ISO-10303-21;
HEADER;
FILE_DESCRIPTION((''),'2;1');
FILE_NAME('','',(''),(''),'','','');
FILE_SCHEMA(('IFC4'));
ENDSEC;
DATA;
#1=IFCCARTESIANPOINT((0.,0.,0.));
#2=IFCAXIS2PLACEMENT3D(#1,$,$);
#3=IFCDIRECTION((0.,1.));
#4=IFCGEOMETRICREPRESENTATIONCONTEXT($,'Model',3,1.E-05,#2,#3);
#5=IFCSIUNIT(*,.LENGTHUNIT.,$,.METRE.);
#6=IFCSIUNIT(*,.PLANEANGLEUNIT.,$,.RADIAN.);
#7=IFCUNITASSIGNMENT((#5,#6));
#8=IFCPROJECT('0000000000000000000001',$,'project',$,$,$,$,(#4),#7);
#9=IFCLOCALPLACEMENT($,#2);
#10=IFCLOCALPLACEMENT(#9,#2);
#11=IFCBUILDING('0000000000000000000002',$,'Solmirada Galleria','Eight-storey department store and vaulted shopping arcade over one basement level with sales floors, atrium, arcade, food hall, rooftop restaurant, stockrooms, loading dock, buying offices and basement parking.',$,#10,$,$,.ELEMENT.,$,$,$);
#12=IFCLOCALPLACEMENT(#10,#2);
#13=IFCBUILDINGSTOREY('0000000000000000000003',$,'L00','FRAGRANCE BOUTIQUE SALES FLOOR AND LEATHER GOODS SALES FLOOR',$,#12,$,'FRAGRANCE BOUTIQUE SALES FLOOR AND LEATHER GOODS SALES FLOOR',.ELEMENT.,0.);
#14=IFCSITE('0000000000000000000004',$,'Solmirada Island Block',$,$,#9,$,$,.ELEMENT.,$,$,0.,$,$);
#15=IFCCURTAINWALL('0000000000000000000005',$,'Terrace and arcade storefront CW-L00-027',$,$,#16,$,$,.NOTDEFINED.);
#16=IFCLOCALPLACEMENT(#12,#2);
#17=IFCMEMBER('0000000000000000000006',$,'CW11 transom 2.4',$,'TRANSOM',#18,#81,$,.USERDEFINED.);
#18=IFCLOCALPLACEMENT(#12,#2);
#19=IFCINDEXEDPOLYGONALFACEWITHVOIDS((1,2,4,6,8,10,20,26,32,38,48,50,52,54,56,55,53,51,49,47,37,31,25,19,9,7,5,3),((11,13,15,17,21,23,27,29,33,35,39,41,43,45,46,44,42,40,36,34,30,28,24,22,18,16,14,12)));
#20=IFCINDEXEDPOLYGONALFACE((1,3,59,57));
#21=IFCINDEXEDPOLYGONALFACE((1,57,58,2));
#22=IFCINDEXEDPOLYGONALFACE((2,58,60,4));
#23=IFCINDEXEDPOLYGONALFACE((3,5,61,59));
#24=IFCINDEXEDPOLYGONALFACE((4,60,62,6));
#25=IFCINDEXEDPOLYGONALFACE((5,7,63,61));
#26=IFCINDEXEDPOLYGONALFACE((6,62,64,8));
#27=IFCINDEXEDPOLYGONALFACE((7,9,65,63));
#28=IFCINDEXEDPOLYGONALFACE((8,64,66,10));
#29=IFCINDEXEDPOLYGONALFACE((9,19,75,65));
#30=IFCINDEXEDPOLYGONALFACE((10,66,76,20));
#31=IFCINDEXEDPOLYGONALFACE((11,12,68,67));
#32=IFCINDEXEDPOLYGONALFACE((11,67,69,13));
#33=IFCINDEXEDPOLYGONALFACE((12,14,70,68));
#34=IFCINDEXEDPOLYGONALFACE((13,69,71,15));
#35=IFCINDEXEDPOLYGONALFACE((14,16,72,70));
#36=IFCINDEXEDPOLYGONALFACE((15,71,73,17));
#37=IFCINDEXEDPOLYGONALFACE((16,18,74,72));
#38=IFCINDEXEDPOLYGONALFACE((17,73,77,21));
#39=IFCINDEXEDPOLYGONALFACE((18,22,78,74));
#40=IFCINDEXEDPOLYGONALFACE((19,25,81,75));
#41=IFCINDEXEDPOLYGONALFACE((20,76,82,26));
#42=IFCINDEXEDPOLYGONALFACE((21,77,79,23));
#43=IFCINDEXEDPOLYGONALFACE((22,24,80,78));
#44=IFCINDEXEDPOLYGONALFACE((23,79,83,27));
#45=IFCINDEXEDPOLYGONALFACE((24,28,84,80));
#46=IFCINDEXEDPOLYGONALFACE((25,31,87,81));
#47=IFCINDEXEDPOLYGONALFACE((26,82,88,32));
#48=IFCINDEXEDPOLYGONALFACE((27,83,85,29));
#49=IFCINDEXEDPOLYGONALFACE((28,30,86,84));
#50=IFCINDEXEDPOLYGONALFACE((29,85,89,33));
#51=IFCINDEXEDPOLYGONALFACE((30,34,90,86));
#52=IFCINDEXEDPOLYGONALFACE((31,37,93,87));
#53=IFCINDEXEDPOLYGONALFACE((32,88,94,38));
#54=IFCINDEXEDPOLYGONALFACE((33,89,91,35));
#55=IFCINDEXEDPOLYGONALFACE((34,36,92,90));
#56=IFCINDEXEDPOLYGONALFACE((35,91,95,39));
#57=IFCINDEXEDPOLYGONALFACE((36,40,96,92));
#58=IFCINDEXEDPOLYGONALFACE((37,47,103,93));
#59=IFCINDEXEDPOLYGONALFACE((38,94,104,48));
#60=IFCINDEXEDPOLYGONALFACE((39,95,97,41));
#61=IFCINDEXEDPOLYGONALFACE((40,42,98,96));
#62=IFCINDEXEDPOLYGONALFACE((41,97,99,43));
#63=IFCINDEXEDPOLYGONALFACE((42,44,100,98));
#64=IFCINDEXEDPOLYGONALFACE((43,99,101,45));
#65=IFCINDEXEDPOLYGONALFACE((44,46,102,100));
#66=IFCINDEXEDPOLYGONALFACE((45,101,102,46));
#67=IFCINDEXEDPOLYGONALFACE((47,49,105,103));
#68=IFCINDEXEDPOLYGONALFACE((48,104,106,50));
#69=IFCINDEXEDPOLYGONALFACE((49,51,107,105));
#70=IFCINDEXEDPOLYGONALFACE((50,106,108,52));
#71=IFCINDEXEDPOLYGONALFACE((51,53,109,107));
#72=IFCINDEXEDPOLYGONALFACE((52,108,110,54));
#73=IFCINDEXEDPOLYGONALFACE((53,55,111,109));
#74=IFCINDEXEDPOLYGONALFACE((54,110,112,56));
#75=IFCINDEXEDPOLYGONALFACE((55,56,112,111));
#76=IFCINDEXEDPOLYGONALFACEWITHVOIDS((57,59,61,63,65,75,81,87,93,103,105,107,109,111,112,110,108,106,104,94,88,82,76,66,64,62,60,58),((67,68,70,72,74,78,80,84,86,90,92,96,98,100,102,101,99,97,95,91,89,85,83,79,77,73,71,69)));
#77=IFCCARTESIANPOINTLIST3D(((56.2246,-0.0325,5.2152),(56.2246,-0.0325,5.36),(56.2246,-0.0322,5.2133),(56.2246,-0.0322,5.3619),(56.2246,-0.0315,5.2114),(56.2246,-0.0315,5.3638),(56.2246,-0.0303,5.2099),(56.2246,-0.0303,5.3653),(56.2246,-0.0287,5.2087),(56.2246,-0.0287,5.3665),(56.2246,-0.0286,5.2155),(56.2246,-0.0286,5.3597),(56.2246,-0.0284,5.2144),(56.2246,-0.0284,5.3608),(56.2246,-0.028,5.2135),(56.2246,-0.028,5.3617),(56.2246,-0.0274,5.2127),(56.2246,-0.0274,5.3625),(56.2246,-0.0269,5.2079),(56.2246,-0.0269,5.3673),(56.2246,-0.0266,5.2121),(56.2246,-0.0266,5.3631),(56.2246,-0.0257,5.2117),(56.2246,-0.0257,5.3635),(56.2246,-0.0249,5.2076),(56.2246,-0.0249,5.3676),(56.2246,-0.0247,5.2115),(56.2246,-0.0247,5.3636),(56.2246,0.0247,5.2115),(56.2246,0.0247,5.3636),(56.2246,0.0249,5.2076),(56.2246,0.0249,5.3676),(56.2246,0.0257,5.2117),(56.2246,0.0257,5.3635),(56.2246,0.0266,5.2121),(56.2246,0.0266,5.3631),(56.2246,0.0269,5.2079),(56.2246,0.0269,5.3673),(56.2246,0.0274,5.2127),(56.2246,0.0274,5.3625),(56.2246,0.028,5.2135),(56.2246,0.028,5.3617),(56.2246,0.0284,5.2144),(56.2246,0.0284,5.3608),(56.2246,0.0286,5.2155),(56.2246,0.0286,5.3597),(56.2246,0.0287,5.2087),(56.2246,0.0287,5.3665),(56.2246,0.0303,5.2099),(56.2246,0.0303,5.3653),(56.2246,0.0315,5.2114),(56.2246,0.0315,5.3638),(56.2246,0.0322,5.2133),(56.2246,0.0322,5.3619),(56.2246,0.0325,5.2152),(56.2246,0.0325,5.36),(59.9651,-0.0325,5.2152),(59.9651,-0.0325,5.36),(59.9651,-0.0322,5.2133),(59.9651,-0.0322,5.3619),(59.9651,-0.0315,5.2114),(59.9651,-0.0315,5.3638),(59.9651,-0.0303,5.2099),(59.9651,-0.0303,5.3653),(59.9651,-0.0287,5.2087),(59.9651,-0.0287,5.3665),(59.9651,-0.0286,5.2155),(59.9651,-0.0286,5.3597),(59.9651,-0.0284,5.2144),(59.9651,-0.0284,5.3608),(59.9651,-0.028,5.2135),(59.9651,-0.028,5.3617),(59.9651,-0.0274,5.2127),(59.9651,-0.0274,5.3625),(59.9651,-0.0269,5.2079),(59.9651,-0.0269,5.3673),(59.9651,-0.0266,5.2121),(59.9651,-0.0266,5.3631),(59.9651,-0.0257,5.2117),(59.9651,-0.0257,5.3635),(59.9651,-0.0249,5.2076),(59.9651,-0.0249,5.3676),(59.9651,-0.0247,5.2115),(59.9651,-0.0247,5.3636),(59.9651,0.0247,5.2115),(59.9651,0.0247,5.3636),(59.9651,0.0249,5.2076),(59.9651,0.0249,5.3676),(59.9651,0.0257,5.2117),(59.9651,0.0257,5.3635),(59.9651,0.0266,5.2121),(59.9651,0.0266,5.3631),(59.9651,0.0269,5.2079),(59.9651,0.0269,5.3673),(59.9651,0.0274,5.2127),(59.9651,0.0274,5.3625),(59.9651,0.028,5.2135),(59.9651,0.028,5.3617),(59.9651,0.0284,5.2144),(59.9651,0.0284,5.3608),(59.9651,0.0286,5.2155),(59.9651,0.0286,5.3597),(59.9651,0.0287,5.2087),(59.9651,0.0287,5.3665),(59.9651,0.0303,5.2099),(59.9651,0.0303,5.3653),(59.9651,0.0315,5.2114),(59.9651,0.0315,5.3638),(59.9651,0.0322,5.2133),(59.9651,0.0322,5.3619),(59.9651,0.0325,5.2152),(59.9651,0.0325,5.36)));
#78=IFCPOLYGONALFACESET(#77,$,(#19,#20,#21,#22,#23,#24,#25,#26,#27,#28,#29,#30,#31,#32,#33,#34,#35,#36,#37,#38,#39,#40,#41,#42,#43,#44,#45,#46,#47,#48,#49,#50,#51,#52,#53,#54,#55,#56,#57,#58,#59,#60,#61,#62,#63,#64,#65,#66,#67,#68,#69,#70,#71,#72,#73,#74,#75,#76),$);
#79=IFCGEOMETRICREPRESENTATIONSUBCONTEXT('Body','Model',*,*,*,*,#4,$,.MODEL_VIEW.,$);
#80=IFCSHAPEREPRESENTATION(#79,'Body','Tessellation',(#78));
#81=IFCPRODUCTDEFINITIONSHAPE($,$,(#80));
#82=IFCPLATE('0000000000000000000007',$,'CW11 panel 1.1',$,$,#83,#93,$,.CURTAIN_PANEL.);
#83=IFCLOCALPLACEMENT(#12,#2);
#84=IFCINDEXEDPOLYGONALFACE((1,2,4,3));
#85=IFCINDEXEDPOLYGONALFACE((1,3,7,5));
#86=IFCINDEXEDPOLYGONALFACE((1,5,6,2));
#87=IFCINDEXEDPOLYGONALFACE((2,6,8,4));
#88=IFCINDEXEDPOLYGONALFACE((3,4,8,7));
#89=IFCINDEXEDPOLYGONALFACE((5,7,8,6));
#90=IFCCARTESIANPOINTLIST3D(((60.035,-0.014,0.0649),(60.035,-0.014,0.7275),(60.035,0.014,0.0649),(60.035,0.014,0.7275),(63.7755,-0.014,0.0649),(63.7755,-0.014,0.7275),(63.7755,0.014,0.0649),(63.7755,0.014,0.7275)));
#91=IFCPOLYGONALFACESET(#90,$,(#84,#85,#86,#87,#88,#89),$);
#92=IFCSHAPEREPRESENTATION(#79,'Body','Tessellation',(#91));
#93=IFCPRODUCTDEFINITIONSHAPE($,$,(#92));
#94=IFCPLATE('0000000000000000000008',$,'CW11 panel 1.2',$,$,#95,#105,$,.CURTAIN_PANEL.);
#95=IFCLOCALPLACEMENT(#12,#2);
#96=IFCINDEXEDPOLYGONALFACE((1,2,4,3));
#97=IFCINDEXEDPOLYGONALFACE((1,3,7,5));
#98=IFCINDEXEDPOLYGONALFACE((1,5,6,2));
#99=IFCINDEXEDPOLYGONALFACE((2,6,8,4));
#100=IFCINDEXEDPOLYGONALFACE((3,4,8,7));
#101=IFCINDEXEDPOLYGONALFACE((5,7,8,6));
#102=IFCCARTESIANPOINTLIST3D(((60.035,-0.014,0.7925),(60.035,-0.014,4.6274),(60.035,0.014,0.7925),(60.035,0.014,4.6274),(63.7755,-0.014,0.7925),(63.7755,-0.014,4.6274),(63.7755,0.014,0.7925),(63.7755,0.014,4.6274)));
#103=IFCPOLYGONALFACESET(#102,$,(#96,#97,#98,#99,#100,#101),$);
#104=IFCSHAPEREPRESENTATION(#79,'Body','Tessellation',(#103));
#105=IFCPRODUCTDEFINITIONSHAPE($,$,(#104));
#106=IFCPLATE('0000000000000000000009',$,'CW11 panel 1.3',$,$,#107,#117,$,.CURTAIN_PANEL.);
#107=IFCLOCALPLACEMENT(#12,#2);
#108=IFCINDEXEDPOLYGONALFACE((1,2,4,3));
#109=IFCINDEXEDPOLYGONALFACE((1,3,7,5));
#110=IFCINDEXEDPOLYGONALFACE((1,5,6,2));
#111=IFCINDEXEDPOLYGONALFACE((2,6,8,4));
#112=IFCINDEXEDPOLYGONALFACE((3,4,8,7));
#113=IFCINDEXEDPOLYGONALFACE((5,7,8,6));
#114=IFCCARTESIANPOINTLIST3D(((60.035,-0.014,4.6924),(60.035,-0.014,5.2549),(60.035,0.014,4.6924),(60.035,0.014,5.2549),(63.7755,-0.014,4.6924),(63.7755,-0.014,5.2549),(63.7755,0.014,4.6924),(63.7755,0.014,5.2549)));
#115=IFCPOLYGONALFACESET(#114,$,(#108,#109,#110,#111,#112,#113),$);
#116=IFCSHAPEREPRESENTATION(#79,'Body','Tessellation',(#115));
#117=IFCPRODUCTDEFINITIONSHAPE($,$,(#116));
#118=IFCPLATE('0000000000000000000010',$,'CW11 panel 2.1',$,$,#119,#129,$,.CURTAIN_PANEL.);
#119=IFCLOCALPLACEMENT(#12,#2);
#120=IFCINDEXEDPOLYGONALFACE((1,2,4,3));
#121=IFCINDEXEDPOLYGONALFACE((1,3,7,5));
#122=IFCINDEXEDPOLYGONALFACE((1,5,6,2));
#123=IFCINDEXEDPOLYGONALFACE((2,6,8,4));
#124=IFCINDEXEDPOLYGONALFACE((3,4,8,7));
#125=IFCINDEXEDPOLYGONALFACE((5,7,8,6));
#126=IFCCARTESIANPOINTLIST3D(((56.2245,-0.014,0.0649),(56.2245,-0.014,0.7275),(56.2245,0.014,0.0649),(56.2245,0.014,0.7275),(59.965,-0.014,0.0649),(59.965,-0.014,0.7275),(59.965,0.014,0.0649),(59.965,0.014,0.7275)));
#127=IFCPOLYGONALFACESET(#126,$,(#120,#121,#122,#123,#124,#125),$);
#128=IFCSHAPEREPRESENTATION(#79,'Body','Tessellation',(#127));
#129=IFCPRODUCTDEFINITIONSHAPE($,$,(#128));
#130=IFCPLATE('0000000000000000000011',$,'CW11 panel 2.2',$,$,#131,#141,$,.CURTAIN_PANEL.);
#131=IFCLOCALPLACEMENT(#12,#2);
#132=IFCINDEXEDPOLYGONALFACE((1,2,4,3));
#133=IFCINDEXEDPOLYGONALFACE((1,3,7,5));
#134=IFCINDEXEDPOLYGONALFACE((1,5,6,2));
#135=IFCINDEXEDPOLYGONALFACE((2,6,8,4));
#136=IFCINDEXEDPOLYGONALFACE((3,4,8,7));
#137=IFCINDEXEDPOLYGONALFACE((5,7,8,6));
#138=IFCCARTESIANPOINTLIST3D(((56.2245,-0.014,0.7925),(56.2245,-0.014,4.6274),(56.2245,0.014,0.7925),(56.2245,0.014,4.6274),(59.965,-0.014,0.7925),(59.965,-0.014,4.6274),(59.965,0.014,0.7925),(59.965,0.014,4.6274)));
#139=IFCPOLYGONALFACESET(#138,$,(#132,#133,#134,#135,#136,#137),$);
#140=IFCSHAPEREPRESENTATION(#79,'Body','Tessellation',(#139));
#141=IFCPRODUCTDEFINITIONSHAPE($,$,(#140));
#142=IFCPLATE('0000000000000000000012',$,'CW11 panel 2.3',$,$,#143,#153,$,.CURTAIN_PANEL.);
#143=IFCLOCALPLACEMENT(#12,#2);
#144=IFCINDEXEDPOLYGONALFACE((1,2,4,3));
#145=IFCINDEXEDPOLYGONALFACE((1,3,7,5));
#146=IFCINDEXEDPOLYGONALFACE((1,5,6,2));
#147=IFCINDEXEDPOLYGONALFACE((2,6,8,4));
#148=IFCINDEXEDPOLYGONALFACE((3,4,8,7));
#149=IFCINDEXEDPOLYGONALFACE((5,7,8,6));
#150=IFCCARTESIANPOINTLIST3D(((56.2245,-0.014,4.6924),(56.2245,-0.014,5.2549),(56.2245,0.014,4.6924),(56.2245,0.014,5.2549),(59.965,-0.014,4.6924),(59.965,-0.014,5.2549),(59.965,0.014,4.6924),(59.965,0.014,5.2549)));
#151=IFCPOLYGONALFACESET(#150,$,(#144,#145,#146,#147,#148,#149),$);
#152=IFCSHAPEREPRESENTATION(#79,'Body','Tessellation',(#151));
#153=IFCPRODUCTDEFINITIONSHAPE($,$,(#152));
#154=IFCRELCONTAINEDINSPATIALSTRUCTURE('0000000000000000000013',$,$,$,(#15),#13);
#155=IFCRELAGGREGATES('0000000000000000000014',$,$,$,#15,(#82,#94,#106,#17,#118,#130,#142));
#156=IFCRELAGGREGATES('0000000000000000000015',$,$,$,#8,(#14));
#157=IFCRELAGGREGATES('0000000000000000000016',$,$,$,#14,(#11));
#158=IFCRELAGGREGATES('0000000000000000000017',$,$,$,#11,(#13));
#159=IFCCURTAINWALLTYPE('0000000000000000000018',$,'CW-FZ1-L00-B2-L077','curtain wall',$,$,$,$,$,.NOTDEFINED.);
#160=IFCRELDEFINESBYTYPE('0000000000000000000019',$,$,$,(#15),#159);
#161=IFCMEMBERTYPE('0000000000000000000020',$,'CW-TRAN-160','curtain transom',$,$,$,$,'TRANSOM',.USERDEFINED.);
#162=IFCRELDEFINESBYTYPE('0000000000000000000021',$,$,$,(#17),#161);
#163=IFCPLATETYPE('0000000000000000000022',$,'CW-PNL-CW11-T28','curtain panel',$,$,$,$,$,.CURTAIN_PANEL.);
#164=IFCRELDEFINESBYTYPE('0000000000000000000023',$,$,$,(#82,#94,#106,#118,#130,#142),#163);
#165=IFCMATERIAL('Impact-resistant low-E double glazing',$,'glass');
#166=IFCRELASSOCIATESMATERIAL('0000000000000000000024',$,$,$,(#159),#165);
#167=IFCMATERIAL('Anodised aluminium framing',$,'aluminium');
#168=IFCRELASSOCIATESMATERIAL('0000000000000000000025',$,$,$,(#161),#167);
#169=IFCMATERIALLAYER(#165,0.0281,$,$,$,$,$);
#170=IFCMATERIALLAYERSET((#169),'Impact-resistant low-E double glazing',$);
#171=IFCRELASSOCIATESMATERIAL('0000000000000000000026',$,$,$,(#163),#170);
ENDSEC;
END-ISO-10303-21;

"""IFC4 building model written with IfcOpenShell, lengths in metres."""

from ifc_helpers import new_model, si_unit, direction, frame, origin, origin_2d, place, context, subcontext, project, spatial, rectangle, hollow_rectangle, extrude, material, layer, layer_set, material_profile, profile_set, type_object, element, aggregate, save


model = new_model("IFC4")

# Units and contexts
model_context = context("Model", 3, precision=1e-05, world=origin(), true_north=direction((0.0, 1.0)))
body_context = subcontext(model_context, "Body", "Model", "MODEL_VIEW")
ifc_project = project(units=[si_unit("LENGTHUNIT", "METRE"), si_unit("PLANEANGLEUNIT", "RADIAN")], contexts=[model_context])

# Site, building, storey
site_placement = place(None, origin())
site = spatial("IfcSite", under=ifc_project, at=site_placement, Name="Solmirada Island Block", CompositionType="ELEMENT", RefElevation=0.0)
building_placement = place(site_placement, origin())
building = spatial("IfcBuilding", under=site, at=building_placement, Name="Solmirada Galleria", Description="Eight-storey department store and vaulted shopping arcade over one basement level with sales floors, atrium, arcade, food hall, rooftop restaurant, stockrooms, loading dock, buying offices and basement parking.", CompositionType="ELEMENT")
storey_placement = place(building_placement, origin())
storey = spatial("IfcBuildingStorey", under=building, at=storey_placement, Name="L00", Description="FRAGRANCE BOUTIQUE SALES FLOOR AND LEATHER GOODS SALES FLOOR", LongName="FRAGRANCE BOUTIQUE SALES FLOOR AND LEATHER GOODS SALES FLOOR", CompositionType="ELEMENT", Elevation=0.0)

# Curtain wall, member, plates
ifc_material_1 = material(Name="Impact-resistant low-E double glazing", Category="glass")
curtain_wall_type = type_object("IfcCurtainWallType", Name="CW-FZ1-L00-B2-L077", Description="curtain wall", PredefinedType="NOTDEFINED", material=ifc_material_1)
curtain_wall_placement = place(storey_placement, origin())
curtain_wall = element("IfcCurtainWall", 1, at=curtain_wall_placement, inside=storey, type_object=curtain_wall_type, Name="Terrace and arcade storefront CW-L00-027", PredefinedType="NOTDEFINED")
ifc_material_2 = material(Name="Anodised aluminium framing", Category="aluminium")
ifc_material_profile_1 = material_profile(ifc_material_2, hollow_rectangle(XDim=0.0649, YDim=0.1599, WallThickness=0.0039, InnerFilletRadius=0.0039, OuterFilletRadius=0.0076, at=origin_2d()), Name="ALU-TRAN-160X65")
ifc_profile_set_1 = profile_set([ifc_material_profile_1], Name="Anodised aluminium framing")
member_type_1 = type_object("IfcMemberType", Name="CW-TRAN-160", Description="curtain transom", ElementType="TRANSOM", PredefinedType="USERDEFINED", material=ifc_profile_set_1)
member_1_placement = place(storey_placement, frame((59.9651, 0.0, 5.2876), z_axis=(-1.0, 0.0, 0.0), x_axis=(0.0, -1.0, 0.0)))
member_1 = element("IfcMember", 2, at=member_1_placement, type_object=member_type_1, Name="CW11 transom 2.4", ObjectType="TRANSOM", PredefinedType="USERDEFINED", context=body_context, shape_type="SweptSolid", body=[
    extrude(hollow_rectangle(XDim=0.0649, YDim=0.1599, WallThickness=0.0039, InnerFilletRadius=0.0039, OuterFilletRadius=0.0076, at=origin_2d()), origin(), (0.0, 0.0, 1.0), 3.7405),
])
ifc_layer = layer(ifc_material_1, 0.0281)
ifc_layer_set = layer_set([ifc_layer], Name="Impact-resistant low-E double glazing")
plate_type = type_object("IfcPlateType", Name="CW-PNL-CW11-T28", Description="curtain panel", PredefinedType="CURTAIN_PANEL", material=ifc_layer_set)
plate_1_placement = place(storey_placement, frame((61.9053, 0.0, 0.0649), z_axis=(0.0, 0.0, 1.0), x_axis=(-1.0, 0.0, 0.0)))
plate_1 = element("IfcPlate", 3, at=plate_1_placement, type_object=plate_type, Name="CW11 panel 1.1", PredefinedType="CURTAIN_PANEL", context=body_context, shape_type="SweptSolid", body=[
    extrude(rectangle(XDim=3.7405, YDim=0.0281, at=origin_2d()), origin(), (0.0, 0.0, 1.0), 0.6626),
])
plate_2_placement = place(storey_placement, frame((61.9053, 0.0, 0.7925), z_axis=(0.0, 0.0, 1.0), x_axis=(-1.0, 0.0, 0.0)))
plate_2 = element("IfcPlate", 4, at=plate_2_placement, type_object=plate_type, Name="CW11 panel 1.2", PredefinedType="CURTAIN_PANEL", context=body_context, shape_type="SweptSolid", body=[
    extrude(rectangle(XDim=3.7405, YDim=0.0281, at=origin_2d()), origin(), (0.0, 0.0, 1.0), 3.835),
])
plate_3_placement = place(storey_placement, frame((61.9053, 0.0, 4.6924), z_axis=(0.0, 0.0, 1.0), x_axis=(-1.0, 0.0, 0.0)))
plate_3 = element("IfcPlate", 5, at=plate_3_placement, type_object=plate_type, Name="CW11 panel 1.3", PredefinedType="CURTAIN_PANEL", context=body_context, shape_type="SweptSolid", body=[
    extrude(rectangle(XDim=3.7405, YDim=0.0281, at=origin_2d()), origin(), (0.0, 0.0, 1.0), 0.5625),
])
plate_4_placement = place(storey_placement, frame((58.0947, 0.0, 0.0649), z_axis=(0.0, 0.0, 1.0), x_axis=(-1.0, 0.0, 0.0)))
plate_4 = element("IfcPlate", 6, at=plate_4_placement, type_object=plate_type, Name="CW11 panel 2.1", PredefinedType="CURTAIN_PANEL", context=body_context, shape_type="SweptSolid", body=[
    extrude(rectangle(XDim=3.7405, YDim=0.0281, at=origin_2d()), origin(), (0.0, 0.0, 1.0), 0.6626),
])
plate_5_placement = place(storey_placement, frame((58.0947, 0.0, 0.7925), z_axis=(0.0, 0.0, 1.0), x_axis=(-1.0, 0.0, 0.0)))
plate_5 = element("IfcPlate", 7, at=plate_5_placement, type_object=plate_type, Name="CW11 panel 2.2", PredefinedType="CURTAIN_PANEL", context=body_context, shape_type="SweptSolid", body=[
    extrude(rectangle(XDim=3.7405, YDim=0.0281, at=origin_2d()), origin(), (0.0, 0.0, 1.0), 3.835),
])
plate_6_placement = place(storey_placement, frame((58.0947, 0.0, 4.6924), z_axis=(0.0, 0.0, 1.0), x_axis=(-1.0, 0.0, 0.0)))
plate_6 = element("IfcPlate", 8, at=plate_6_placement, type_object=plate_type, Name="CW11 panel 2.3", PredefinedType="CURTAIN_PANEL", context=body_context, shape_type="SweptSolid", body=[
    extrude(rectangle(XDim=3.7405, YDim=0.0281, at=origin_2d()), origin(), (0.0, 0.0, 1.0), 0.5625),
])
aggregate(curtain_wall, [plate_1, plate_2, plate_3, member_1, plate_4, plate_5, plate_6])

save(model, "model.ifc")
